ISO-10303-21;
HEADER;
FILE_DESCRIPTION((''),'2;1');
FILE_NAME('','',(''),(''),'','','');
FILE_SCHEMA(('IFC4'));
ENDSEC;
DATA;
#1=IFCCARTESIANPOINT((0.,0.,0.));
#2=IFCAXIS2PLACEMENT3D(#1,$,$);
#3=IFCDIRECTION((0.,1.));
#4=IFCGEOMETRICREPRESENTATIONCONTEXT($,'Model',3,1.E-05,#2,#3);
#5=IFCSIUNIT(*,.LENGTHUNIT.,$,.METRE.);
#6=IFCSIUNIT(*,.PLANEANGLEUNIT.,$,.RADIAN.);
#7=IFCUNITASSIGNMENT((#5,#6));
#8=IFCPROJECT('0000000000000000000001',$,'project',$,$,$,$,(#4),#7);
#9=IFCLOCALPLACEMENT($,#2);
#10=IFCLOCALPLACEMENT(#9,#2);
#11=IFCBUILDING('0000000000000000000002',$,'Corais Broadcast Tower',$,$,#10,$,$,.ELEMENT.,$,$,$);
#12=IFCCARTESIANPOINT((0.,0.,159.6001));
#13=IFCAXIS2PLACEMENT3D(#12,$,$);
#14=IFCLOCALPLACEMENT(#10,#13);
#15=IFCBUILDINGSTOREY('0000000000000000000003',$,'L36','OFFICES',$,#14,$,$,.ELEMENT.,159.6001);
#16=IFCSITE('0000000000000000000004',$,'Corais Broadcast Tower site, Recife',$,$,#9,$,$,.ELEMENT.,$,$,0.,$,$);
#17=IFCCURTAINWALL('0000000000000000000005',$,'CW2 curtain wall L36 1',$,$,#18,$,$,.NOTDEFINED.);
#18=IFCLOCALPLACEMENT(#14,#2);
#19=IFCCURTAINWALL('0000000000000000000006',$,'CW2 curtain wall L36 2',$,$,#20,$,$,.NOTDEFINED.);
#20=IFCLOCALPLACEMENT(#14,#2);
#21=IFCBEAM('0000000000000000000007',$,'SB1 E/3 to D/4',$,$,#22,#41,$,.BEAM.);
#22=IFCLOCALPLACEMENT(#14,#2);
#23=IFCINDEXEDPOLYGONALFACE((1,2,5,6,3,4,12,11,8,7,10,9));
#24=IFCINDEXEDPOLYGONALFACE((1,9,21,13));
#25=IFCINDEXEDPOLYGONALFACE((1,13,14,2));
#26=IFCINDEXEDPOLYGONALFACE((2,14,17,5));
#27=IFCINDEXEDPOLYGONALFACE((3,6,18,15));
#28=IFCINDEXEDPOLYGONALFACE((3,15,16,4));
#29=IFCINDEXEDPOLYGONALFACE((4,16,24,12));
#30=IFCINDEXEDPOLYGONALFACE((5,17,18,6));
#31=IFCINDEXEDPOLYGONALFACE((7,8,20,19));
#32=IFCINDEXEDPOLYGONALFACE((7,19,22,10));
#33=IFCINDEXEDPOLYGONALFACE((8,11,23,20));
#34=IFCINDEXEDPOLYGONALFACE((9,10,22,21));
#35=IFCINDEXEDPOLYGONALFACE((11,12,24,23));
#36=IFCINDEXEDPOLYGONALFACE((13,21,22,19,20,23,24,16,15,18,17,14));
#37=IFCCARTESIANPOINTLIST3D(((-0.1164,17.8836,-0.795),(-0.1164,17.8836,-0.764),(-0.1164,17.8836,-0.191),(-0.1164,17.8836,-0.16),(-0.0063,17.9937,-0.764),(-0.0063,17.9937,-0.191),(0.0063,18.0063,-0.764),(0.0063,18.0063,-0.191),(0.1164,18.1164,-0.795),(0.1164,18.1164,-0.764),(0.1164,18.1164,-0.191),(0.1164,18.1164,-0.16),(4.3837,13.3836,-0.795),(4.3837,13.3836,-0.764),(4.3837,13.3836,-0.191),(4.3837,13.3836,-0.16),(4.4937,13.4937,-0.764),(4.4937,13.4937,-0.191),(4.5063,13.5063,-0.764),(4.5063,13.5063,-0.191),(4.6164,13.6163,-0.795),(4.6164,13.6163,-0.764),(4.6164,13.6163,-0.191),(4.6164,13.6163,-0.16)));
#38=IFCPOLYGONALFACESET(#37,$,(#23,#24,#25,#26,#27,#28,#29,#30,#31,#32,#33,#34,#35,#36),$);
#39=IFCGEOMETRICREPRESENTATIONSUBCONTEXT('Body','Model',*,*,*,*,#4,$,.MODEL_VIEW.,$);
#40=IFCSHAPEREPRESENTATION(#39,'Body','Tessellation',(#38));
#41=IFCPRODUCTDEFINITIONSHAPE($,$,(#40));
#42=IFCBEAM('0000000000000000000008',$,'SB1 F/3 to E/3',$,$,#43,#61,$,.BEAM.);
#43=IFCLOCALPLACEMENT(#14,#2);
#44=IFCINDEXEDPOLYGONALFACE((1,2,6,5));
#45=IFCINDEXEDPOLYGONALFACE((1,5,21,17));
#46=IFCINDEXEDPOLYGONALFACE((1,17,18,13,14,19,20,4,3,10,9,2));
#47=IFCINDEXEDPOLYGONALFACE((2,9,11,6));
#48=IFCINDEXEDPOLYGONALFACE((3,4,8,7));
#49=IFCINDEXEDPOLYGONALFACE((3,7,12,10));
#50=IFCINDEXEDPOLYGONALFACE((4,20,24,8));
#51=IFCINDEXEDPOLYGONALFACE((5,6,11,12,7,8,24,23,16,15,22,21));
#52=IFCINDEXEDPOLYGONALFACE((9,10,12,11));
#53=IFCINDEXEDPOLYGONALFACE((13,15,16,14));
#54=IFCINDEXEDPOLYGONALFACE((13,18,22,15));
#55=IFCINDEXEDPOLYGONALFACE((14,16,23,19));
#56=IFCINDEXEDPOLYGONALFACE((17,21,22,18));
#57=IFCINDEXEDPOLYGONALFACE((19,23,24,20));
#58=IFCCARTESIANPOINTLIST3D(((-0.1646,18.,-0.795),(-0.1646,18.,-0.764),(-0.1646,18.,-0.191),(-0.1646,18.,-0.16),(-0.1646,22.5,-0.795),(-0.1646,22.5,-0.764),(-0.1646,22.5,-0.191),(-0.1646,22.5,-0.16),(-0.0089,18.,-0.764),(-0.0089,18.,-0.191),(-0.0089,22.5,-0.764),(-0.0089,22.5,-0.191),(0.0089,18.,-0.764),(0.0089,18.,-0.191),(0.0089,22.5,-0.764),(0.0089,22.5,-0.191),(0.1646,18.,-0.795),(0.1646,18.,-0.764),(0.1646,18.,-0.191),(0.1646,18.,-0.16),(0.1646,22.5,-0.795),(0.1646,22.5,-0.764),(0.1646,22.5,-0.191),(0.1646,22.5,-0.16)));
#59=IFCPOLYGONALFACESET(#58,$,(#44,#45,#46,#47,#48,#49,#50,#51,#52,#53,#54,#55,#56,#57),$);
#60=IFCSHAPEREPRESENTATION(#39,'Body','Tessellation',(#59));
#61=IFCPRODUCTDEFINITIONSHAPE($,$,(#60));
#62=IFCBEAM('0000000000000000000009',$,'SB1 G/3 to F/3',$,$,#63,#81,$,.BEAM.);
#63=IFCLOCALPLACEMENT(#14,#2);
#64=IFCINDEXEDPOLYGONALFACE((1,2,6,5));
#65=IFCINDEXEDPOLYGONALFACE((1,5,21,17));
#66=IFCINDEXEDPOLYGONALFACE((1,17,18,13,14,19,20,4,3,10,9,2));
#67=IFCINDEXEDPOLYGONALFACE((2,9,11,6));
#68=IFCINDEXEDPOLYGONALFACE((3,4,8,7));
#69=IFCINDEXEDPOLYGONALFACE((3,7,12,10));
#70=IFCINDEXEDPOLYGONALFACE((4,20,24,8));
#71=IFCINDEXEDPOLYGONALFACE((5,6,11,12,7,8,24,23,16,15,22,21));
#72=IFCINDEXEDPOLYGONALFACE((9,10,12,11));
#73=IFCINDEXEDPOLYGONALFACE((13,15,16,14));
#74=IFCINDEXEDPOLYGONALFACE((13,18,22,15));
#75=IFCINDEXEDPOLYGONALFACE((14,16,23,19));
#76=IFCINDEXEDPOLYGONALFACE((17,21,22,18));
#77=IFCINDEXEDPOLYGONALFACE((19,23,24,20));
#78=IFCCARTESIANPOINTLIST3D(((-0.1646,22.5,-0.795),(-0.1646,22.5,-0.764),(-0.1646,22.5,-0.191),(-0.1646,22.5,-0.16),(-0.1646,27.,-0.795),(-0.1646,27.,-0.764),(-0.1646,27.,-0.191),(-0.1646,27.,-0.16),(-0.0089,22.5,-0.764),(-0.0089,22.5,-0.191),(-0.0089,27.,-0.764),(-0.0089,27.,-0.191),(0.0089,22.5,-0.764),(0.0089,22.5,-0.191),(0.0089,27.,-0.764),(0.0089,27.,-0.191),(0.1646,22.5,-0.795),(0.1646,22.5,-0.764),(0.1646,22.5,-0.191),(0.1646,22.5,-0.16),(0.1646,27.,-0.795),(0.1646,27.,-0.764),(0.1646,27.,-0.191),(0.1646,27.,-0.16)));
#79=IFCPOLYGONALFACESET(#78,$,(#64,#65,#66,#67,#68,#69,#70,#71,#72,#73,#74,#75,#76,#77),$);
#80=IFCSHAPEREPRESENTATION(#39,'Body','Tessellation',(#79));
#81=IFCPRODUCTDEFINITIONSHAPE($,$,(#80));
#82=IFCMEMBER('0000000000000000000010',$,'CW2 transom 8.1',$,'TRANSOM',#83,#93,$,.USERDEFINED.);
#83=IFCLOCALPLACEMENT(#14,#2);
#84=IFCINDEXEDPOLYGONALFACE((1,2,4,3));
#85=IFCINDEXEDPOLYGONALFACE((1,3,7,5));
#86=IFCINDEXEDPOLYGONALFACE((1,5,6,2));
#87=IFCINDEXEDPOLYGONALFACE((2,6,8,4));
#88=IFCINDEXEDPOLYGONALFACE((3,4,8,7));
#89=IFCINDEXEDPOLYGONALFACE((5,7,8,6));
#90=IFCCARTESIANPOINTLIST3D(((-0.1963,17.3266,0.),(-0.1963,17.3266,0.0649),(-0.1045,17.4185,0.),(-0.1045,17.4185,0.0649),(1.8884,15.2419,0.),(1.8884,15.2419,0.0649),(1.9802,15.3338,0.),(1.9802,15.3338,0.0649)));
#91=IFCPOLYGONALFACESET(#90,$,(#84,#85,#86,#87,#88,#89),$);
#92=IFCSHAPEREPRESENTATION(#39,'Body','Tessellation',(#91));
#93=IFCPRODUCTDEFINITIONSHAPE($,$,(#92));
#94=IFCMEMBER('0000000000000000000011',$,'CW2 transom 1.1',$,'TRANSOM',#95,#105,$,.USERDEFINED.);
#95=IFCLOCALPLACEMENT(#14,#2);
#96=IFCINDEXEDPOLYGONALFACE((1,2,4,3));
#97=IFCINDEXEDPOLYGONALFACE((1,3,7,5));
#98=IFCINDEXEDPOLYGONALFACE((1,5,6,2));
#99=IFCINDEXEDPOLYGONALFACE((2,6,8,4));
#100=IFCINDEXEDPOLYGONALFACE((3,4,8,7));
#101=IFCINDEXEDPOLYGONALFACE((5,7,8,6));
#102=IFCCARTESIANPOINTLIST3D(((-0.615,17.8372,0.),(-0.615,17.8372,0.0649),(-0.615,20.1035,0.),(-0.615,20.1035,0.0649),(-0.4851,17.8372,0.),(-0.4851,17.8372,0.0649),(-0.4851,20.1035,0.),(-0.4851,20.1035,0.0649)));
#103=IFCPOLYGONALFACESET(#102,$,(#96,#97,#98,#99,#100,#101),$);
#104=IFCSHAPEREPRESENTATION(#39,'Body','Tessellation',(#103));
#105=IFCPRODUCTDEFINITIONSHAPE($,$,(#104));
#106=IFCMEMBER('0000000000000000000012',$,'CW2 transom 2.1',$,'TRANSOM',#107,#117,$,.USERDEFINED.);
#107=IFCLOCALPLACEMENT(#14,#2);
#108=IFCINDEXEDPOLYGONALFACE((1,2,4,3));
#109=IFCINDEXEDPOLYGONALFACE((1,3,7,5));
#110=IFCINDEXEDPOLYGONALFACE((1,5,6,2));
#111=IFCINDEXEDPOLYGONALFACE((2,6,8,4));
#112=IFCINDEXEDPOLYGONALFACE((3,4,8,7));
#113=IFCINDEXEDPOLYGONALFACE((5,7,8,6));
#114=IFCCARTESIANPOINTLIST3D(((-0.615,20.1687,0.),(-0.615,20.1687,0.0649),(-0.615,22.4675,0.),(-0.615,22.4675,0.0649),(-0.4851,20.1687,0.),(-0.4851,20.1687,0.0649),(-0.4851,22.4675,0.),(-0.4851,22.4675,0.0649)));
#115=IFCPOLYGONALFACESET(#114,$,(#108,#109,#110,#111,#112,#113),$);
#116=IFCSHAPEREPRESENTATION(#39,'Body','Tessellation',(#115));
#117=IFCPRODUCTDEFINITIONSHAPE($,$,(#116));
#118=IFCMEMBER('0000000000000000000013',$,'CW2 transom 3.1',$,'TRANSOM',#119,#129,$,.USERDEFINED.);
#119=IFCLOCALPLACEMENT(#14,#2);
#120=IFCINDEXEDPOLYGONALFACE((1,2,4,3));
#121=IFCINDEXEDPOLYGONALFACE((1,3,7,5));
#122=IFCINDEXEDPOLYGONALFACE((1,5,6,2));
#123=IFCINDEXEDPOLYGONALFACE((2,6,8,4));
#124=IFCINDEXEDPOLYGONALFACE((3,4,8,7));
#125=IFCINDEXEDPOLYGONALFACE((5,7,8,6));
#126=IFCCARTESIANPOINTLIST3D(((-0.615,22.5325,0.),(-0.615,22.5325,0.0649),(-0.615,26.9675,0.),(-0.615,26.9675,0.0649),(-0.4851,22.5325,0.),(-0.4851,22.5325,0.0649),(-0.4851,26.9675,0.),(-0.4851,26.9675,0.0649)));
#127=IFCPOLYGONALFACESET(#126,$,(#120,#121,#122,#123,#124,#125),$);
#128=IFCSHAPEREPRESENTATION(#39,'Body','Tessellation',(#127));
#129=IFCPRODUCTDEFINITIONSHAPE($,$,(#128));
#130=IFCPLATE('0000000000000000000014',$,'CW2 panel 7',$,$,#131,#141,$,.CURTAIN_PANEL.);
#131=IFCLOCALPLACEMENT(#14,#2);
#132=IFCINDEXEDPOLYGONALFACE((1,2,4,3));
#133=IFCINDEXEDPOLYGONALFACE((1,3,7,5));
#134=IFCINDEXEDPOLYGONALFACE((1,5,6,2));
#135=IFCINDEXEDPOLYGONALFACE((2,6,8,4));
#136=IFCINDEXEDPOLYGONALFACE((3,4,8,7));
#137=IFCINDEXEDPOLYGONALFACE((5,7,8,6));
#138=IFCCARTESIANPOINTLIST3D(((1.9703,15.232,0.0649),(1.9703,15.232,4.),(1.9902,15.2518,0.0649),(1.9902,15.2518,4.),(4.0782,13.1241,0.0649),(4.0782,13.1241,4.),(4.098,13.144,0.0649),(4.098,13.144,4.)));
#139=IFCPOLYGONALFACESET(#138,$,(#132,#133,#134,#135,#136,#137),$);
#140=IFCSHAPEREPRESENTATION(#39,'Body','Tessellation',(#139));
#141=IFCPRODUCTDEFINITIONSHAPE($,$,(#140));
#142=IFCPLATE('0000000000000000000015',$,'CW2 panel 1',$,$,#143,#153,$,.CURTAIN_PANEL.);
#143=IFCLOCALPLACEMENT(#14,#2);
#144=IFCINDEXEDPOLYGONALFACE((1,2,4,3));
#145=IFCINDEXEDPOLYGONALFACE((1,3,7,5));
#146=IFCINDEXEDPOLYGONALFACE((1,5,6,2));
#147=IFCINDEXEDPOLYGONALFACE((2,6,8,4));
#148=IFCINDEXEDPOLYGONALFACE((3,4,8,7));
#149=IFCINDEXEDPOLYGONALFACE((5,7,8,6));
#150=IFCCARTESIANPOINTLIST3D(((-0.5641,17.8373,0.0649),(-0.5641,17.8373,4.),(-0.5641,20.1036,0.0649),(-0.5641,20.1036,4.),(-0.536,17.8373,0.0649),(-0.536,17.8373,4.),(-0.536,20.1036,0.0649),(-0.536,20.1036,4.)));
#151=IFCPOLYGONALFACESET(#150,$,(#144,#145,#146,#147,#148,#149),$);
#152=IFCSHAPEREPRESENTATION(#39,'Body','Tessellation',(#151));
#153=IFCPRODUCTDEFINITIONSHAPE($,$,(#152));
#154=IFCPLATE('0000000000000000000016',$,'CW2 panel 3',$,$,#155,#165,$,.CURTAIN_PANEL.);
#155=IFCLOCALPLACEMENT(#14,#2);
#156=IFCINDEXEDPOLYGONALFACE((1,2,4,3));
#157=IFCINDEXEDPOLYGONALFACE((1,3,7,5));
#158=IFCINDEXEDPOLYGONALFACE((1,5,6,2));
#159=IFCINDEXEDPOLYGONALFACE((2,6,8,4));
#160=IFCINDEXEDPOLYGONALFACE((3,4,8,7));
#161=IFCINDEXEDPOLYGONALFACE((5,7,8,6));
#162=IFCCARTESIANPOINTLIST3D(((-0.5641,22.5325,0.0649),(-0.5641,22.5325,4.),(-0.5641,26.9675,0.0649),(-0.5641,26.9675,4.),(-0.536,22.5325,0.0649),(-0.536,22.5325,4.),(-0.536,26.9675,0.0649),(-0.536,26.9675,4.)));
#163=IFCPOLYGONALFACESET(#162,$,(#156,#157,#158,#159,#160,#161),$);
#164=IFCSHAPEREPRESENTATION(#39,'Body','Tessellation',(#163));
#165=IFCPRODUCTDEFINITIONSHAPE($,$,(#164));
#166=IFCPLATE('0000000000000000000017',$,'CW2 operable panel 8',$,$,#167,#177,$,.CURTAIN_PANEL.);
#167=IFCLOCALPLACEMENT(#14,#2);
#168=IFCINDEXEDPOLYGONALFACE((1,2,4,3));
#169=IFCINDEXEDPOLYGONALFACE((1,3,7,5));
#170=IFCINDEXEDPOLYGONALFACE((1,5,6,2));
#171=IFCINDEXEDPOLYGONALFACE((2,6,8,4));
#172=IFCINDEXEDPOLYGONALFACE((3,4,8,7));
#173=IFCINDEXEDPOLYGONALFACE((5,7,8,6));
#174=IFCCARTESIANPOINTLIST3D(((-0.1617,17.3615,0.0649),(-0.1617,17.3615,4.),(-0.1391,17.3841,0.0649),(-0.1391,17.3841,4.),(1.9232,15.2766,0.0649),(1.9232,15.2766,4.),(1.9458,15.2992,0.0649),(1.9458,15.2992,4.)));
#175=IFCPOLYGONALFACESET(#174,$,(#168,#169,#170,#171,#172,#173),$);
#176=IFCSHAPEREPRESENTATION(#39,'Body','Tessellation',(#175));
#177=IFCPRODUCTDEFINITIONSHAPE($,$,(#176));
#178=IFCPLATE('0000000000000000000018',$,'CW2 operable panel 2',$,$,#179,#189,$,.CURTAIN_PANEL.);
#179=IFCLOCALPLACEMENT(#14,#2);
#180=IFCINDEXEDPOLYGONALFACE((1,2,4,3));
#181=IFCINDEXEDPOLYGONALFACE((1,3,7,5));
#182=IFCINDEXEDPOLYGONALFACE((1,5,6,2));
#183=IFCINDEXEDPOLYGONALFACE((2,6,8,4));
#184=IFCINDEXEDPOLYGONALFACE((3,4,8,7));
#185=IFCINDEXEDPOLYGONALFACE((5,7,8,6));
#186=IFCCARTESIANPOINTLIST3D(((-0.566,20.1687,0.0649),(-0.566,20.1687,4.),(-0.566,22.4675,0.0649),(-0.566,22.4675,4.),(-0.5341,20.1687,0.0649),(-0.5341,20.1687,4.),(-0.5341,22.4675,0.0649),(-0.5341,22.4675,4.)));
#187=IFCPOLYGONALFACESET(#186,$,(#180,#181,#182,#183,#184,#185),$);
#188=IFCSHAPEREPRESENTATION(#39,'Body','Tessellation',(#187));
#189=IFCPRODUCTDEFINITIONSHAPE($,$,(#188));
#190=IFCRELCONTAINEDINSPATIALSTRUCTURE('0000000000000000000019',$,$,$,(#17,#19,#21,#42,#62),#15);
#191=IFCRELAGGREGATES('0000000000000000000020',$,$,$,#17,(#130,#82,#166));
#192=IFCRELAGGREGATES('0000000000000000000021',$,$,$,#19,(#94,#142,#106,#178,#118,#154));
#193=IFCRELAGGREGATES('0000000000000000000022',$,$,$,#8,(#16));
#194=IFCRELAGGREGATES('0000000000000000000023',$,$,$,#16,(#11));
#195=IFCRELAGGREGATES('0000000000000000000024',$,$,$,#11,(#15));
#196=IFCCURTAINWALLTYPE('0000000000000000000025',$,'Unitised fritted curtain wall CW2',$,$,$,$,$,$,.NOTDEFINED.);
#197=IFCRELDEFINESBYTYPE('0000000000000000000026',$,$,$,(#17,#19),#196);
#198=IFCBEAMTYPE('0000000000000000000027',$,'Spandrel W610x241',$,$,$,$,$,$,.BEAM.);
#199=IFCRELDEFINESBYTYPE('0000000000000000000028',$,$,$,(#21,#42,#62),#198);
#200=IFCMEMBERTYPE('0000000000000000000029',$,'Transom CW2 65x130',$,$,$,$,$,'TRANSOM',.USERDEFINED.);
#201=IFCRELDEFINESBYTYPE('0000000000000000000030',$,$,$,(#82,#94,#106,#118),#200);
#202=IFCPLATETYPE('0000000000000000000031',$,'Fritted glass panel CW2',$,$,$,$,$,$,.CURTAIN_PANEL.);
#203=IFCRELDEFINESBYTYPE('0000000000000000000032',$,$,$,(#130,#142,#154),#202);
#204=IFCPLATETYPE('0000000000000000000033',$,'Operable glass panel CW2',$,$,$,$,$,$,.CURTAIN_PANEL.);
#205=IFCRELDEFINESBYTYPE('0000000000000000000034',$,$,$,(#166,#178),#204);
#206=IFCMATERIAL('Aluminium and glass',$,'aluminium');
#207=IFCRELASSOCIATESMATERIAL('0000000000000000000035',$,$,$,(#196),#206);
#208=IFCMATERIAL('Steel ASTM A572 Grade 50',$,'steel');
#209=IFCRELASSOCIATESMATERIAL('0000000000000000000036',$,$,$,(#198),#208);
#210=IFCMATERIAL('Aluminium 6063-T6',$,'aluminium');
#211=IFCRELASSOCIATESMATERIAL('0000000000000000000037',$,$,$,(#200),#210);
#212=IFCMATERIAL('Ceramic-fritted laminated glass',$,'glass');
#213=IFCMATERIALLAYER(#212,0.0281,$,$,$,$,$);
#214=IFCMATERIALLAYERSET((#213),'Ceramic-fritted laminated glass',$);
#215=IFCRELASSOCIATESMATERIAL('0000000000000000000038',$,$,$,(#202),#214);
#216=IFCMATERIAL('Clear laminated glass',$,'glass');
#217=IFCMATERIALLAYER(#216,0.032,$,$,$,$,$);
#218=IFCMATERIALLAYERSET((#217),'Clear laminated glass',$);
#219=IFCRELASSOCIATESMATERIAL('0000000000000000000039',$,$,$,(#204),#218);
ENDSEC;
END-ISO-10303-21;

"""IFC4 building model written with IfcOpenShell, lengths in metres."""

from ifc_helpers import new_model, si_unit, direction, frame, origin, origin_2d, place, context, subcontext, project, spatial, rectangle, i_section, extrude, material, layer, layer_set, material_profile, profile_set, type_object, element, aggregate, save


model = new_model("IFC4")

# Units and contexts
model_context = context("Model", 3, precision=1e-05, world=origin(), true_north=direction((0.0, 1.0)))
body_context = subcontext(model_context, "Body", "Model", "MODEL_VIEW")
ifc_project = project(units=[si_unit("LENGTHUNIT", "METRE"), si_unit("PLANEANGLEUNIT", "RADIAN")], contexts=[model_context])

# Site, building, storey
site_placement = place(None, origin())
site = spatial("IfcSite", under=ifc_project, at=site_placement, Name="Corais Broadcast Tower site, Recife", CompositionType="ELEMENT", RefElevation=0.0)
building_placement = place(site_placement, origin())
building = spatial("IfcBuilding", under=site, at=building_placement, Name="Corais Broadcast Tower", CompositionType="ELEMENT")
storey_placement = place(building_placement, frame((0.0, 0.0, 159.6001)))
storey = spatial("IfcBuildingStorey", under=building, at=storey_placement, Name="L36", Description="OFFICES", CompositionType="ELEMENT", Elevation=159.6001)

# Curtain walls
ifc_material_1 = material(Name="Aluminium and glass", Category="aluminium")
curtain_wall_type = type_object("IfcCurtainWallType", Name="Unitised fritted curtain wall CW2", PredefinedType="NOTDEFINED", material=ifc_material_1)
curtain_wall_1_placement = place(storey_placement, origin())
curtain_wall_1 = element("IfcCurtainWall", 1, at=curtain_wall_1_placement, inside=storey, type_object=curtain_wall_type, Name="CW2 curtain wall L36 1", PredefinedType="NOTDEFINED")
curtain_wall_2_placement = place(storey_placement, origin())
curtain_wall_2 = element("IfcCurtainWall", 2, at=curtain_wall_2_placement, inside=storey, type_object=curtain_wall_type, Name="CW2 curtain wall L36 2", PredefinedType="NOTDEFINED")

# Beams
ifc_material_2 = material(Name="Steel ASTM A572 Grade 50", Category="steel")
ifc_material_profile_1 = material_profile(ifc_material_2, i_section(OverallWidth=0.3291, OverallDepth=0.635, WebThickness=0.0178, FlangeThickness=0.031, at=origin_2d()), Name="W610x241")
ifc_profile_set_1 = profile_set([ifc_material_profile_1], Name="Steel ASTM A572 Grade 50")
beam_type_1 = type_object("IfcBeamType", Name="Spandrel W610x241", PredefinedType="BEAM", material=ifc_profile_set_1)
beam_placement = place(storey_placement, frame((0.0, 18.0, -0.4775), z_axis=(0.707107, -0.707107, 0.0), x_axis=(0.707107, 0.707107, 0.0)))
element("IfcBeam", 3, at=beam_placement, inside=storey, type_object=beam_type_1, Name="SB1 E/3 to D/4", PredefinedType="BEAM", context=body_context, shape_type="SweptSolid", body=[
    extrude(i_section(OverallWidth=0.3291, OverallDepth=0.635, WebThickness=0.0178, FlangeThickness=0.031, at=origin_2d()), origin(), (0.0, 0.0, 1.0), 6.364),
])
for number, where, z_axis, x_axis, name in (
    (4, (0.0, 22.5, -0.4775), (0.0, -1.0, 0.0), (1.0, 0.0, 0.0), "SB1 F/3 to E/3"),
    (5, (0.0, 27.0, -0.4775), (0.0, -1.0, 0.0), (1.0, 0.0, 0.0), "SB1 G/3 to F/3"),
):
    element("IfcBeam", number, at=place(storey_placement, frame(where, z_axis=z_axis, x_axis=x_axis)), inside=storey, type_object=beam_type_1, Name=name, PredefinedType="BEAM", context=body_context, shape_type="SweptSolid", body=[
        extrude(i_section(OverallWidth=0.3291, OverallDepth=0.635, WebThickness=0.0178, FlangeThickness=0.031, at=origin_2d()), origin(), (0.0, 0.0, 1.0), 4.5),
    ])

# Members
ifc_material_3 = material(Name="Aluminium 6063-T6", Category="aluminium")
ifc_material_profile_2 = material_profile(ifc_material_3, rectangle(XDim=0.1299, YDim=0.0649, at=origin_2d()), Name="Transom CW2 65x130")
ifc_profile_set_2 = profile_set([ifc_material_profile_2], Name="Aluminium 6063-T6")
member_type_1 = type_object("IfcMemberType", Name="Transom CW2 65x130", ElementType="TRANSOM", PredefinedType="USERDEFINED", material=ifc_profile_set_2)
member_1_placement = place(storey_placement, frame((1.9343, 15.2878, 0.0325), z_axis=(-0.707107, 0.707107, 0.0), x_axis=(-0.707107, -0.707107, 0.0)))
member_1 = element("IfcMember", 6, at=member_1_placement, type_object=member_type_1, Name="CW2 transom 8.1", ObjectType="TRANSOM", PredefinedType="USERDEFINED", context=body_context, shape_type="SweptSolid", body=[
    extrude(rectangle(XDim=0.1299, YDim=0.0649, at=origin_2d()), origin(), (0.0, 0.0, 1.0), 2.9482),
])
member_2_placement = place(storey_placement, frame((-0.55, 17.8372, 0.0325), z_axis=(0.0, 1.0, 0.0), x_axis=(-1.0, 0.0, 0.0)))
member_2 = element("IfcMember", 7, at=member_2_placement, type_object=member_type_1, Name="CW2 transom 1.1", ObjectType="TRANSOM", PredefinedType="USERDEFINED", context=body_context, shape_type="SweptSolid", body=[
    extrude(rectangle(XDim=0.1299, YDim=0.0649, at=origin_2d()), origin(), (0.0, 0.0, 1.0), 2.2664),
])
member_3_placement = place(storey_placement, frame((-0.55, 20.1687, 0.0325), z_axis=(0.0, 1.0, 0.0), x_axis=(-1.0, 0.0, 0.0)))
member_3 = element("IfcMember", 8, at=member_3_placement, type_object=member_type_1, Name="CW2 transom 2.1", ObjectType="TRANSOM", PredefinedType="USERDEFINED", context=body_context, shape_type="SweptSolid", body=[
    extrude(rectangle(XDim=0.1299, YDim=0.0649, at=origin_2d()), origin(), (0.0, 0.0, 1.0), 2.2988),
])
member_4_placement = place(storey_placement, frame((-0.55, 22.5325, 0.0325), z_axis=(0.0, 1.0, 0.0), x_axis=(-1.0, 0.0, 0.0)))
member_4 = element("IfcMember", 9, at=member_4_placement, type_object=member_type_1, Name="CW2 transom 3.1", ObjectType="TRANSOM", PredefinedType="USERDEFINED", context=body_context, shape_type="SweptSolid", body=[
    extrude(rectangle(XDim=0.1299, YDim=0.0649, at=origin_2d()), origin(), (0.0, 0.0, 1.0), 4.4351),
])

# Plates
ifc_material_4 = material(Name="Ceramic-fritted laminated glass", Category="glass")
ifc_layer_1 = layer(ifc_material_4, 0.0281)
ifc_layer_set_1 = layer_set([ifc_layer_1], Name="Ceramic-fritted laminated glass")
plate_type_1 = type_object("IfcPlateType", Name="Fritted glass panel CW2", PredefinedType="CURTAIN_PANEL", material=ifc_layer_set_1)
plate_1_placement = place(storey_placement, frame((3.0342, 14.188, 0.0649), z_axis=(0.0, 0.0, 1.0), x_axis=(-0.707107, 0.707107, 0.0)))
plate_1 = element("IfcPlate", 10, at=plate_1_placement, type_object=plate_type_1, Name="CW2 panel 7", PredefinedType="CURTAIN_PANEL", context=body_context, shape_type="SweptSolid", body=[
    extrude(rectangle(XDim=2.981, YDim=0.0281, at=origin_2d()), origin(), (0.0, 0.0, 1.0), 3.9351),
])
plate_2_placement = place(storey_placement, frame((-0.55, 18.9705, 0.0649), z_axis=(0.0, 0.0, 1.0), x_axis=(0.0, 1.0, 0.0)))
plate_2 = element("IfcPlate", 11, at=plate_2_placement, type_object=plate_type_1, Name="CW2 panel 1", PredefinedType="CURTAIN_PANEL", context=body_context, shape_type="SweptSolid", body=[
    extrude(rectangle(XDim=2.2664, YDim=0.0281, at=origin_2d()), origin(), (0.0, 0.0, 1.0), 3.9351),
])
plate_3_placement = place(storey_placement, frame((-0.55, 24.75, 0.0649), z_axis=(0.0, 0.0, 1.0), x_axis=(0.0, 1.0, 0.0)))
plate_3 = element("IfcPlate", 12, at=plate_3_placement, type_object=plate_type_1, Name="CW2 panel 3", PredefinedType="CURTAIN_PANEL", context=body_context, shape_type="SweptSolid", body=[
    extrude(rectangle(XDim=4.4351, YDim=0.0281, at=origin_2d()), origin(), (0.0, 0.0, 1.0), 3.9351),
])
ifc_material_5 = material(Name="Clear laminated glass", Category="glass")
ifc_layer_2 = layer(ifc_material_5, 0.032)
ifc_layer_set_2 = layer_set([ifc_layer_2], Name="Clear laminated glass")
plate_type_2 = type_object("IfcPlateType", Name="Operable glass panel CW2", PredefinedType="CURTAIN_PANEL", material=ifc_layer_set_2)
plate_4_placement = place(storey_placement, frame((0.8921, 16.3303, 0.0649), z_axis=(0.0, 0.0, 1.0), x_axis=(-0.707107, 0.707107, 0.0)))
plate_4 = element("IfcPlate", 13, at=plate_4_placement, type_object=plate_type_2, Name="CW2 operable panel 8", PredefinedType="CURTAIN_PANEL", context=body_context, shape_type="SweptSolid", body=[
    extrude(rectangle(XDim=2.9485, YDim=0.032, at=origin_2d()), origin(), (0.0, 0.0, 1.0), 3.9351),
])
aggregate(curtain_wall_1, [plate_1, member_1, plate_4])
plate_5_placement = place(storey_placement, frame((-0.55, 21.3181, 0.0649), z_axis=(0.0, 0.0, 1.0), x_axis=(0.0, 1.0, 0.0)))
plate_5 = element("IfcPlate", 14, at=plate_5_placement, type_object=plate_type_2, Name="CW2 operable panel 2", PredefinedType="CURTAIN_PANEL", context=body_context, shape_type="SweptSolid", body=[
    extrude(rectangle(XDim=2.2988, YDim=0.032, at=origin_2d()), origin(), (0.0, 0.0, 1.0), 3.9351),
])
aggregate(curtain_wall_2, [member_2, plate_2, member_3, plate_5, member_4, plate_3])

save(model, "model.ifc")
